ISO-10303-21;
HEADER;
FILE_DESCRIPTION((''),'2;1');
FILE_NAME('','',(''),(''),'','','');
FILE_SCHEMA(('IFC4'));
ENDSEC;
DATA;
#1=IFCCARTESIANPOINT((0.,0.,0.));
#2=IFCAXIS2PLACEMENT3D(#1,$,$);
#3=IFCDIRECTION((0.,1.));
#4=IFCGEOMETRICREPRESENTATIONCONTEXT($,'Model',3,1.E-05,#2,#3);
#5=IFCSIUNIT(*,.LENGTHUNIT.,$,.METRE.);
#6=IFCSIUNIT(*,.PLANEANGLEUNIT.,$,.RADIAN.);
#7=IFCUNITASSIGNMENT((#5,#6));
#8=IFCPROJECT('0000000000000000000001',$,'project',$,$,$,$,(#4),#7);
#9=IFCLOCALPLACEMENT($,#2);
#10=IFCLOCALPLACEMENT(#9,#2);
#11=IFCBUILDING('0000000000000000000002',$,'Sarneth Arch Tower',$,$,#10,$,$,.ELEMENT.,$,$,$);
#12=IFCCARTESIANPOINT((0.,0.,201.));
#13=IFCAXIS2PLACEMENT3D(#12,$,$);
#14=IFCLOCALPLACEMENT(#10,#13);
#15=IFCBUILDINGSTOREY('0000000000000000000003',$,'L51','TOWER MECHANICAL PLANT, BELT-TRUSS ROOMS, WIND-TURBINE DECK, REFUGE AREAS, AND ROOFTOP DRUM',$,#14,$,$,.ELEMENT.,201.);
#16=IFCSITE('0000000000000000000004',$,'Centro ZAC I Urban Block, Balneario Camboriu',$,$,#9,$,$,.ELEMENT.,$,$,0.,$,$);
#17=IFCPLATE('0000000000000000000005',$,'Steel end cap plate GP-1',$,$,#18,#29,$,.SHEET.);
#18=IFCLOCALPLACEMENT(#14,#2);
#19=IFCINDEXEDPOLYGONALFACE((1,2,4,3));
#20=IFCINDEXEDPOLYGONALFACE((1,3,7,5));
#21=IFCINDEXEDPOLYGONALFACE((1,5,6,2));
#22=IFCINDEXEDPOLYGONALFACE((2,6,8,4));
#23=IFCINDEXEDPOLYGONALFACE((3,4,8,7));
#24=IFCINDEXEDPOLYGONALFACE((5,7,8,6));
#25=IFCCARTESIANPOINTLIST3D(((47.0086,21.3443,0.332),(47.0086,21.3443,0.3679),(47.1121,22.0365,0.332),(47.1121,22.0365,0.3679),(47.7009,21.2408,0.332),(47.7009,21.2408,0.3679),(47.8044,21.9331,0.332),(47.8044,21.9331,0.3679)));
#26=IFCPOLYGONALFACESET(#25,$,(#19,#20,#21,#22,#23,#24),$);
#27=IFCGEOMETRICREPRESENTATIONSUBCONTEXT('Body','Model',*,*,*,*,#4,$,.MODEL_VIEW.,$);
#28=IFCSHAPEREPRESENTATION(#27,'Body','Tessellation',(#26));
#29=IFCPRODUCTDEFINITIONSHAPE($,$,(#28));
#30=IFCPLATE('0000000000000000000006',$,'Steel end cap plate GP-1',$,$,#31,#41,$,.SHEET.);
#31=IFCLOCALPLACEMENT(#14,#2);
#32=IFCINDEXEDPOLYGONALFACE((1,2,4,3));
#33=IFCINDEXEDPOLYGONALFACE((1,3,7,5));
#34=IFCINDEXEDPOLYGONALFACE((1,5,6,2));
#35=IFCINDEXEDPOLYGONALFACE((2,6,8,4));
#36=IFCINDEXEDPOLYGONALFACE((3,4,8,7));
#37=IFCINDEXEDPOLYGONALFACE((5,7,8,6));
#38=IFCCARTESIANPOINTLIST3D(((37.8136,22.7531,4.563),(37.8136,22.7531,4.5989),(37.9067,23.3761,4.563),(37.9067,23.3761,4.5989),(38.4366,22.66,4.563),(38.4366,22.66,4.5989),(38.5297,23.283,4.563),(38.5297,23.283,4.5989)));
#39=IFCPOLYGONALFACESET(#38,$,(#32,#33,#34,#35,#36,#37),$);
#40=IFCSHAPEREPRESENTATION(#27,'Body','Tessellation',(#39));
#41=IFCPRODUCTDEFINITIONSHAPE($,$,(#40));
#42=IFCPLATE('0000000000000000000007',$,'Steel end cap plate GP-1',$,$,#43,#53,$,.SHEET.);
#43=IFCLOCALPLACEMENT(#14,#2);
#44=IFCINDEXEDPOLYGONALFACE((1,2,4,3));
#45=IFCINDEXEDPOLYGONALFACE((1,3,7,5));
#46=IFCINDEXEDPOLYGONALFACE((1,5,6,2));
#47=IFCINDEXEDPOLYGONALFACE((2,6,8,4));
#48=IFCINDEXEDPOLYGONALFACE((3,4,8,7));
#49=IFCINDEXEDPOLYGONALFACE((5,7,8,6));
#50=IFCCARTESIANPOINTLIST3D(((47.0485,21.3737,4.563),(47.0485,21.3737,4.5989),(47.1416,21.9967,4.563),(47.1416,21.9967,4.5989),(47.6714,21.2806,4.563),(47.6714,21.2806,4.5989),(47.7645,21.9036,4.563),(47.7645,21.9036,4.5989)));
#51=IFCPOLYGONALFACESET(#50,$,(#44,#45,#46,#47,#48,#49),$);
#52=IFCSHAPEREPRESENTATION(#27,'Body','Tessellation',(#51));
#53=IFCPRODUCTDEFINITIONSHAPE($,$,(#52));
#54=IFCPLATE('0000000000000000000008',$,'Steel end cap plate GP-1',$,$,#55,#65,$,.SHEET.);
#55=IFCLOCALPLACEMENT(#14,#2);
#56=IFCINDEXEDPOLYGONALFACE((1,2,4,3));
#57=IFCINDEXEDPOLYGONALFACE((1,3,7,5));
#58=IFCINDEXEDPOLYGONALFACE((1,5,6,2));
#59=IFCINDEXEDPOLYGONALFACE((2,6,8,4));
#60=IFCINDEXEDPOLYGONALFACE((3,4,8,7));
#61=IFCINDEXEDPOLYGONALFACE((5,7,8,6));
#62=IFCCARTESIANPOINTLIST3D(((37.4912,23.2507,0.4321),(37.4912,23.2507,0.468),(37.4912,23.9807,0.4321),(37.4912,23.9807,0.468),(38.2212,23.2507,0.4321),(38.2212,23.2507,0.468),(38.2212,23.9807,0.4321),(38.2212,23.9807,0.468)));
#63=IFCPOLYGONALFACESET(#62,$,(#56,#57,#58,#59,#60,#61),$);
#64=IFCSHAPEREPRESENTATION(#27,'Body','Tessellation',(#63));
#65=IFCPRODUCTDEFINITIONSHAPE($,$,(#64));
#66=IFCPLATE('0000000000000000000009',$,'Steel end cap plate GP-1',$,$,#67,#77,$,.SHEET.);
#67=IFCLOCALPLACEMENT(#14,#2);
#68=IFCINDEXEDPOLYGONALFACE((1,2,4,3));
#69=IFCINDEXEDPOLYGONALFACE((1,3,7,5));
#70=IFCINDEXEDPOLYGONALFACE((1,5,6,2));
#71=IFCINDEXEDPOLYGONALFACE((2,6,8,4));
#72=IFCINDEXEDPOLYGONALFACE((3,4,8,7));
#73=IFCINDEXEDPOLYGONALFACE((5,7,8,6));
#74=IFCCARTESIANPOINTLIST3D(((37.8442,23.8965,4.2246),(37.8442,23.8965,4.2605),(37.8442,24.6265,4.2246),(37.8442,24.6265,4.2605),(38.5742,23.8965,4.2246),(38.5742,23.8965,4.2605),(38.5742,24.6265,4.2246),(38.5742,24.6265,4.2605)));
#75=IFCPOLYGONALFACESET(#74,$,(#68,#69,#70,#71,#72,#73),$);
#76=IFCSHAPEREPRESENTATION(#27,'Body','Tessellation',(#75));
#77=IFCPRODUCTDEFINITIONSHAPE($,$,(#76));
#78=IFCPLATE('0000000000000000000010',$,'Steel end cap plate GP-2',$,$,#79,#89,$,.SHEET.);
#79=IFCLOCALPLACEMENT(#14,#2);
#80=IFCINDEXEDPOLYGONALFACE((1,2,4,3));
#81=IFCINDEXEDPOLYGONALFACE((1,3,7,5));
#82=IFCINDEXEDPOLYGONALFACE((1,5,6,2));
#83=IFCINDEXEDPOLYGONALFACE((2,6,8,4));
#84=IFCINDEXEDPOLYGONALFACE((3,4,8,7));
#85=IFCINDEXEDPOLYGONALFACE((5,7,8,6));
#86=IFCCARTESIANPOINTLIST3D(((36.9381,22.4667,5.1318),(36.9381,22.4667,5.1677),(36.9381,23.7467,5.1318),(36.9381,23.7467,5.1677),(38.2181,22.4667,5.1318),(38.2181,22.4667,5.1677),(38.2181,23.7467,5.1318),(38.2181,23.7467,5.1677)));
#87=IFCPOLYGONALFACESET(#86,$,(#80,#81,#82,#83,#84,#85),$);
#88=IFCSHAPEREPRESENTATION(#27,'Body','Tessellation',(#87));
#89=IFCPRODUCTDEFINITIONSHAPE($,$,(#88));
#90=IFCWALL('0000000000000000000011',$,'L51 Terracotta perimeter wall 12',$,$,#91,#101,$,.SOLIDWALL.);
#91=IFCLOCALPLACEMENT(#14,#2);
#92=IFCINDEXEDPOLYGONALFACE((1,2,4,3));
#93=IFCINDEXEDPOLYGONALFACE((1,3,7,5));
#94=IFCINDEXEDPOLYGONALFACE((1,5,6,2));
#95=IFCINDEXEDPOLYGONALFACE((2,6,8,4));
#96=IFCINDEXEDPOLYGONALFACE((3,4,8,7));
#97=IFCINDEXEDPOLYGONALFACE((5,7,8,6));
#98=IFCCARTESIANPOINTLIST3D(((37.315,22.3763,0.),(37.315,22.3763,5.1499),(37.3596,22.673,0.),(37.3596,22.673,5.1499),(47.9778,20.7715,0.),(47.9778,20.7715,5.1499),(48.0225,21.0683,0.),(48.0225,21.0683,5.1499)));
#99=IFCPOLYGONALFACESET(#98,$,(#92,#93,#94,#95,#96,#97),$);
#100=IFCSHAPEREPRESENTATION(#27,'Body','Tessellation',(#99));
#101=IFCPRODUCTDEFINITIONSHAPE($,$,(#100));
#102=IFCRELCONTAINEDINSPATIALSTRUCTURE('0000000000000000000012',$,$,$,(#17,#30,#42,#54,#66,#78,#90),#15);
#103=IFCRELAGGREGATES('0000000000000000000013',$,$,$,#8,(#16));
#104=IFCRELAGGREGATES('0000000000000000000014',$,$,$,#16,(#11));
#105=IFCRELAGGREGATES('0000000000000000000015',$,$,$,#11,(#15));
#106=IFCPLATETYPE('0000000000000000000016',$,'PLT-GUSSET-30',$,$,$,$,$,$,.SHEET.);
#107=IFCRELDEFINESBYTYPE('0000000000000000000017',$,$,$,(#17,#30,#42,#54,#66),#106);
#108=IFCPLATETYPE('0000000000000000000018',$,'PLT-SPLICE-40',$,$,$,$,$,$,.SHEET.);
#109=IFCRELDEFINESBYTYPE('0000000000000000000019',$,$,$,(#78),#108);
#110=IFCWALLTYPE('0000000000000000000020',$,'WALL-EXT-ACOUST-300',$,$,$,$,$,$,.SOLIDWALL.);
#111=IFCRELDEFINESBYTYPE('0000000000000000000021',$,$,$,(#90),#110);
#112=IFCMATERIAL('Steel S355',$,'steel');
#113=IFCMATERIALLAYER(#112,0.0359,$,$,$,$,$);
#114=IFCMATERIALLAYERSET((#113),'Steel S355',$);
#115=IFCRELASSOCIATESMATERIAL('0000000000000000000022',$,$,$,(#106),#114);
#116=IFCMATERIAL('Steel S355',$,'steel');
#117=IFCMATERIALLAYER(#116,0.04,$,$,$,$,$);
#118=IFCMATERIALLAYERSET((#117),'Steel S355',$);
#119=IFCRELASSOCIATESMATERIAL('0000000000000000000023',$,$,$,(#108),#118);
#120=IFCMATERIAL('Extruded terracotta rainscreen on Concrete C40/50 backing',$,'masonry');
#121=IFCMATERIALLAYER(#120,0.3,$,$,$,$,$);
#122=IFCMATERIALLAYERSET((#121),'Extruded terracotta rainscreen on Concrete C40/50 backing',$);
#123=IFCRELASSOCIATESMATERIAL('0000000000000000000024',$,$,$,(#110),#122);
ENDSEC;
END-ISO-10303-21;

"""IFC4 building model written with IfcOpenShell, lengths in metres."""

from ifc_helpers import new_model, si_unit, direction, frame, frame_2d, origin, origin_2d, place, context, subcontext, project, spatial, rectangle, extrude, material, layer, layer_set, type_object, element, save


model = new_model("IFC4")

# Units and contexts
model_context = context("Model", 3, precision=1e-05, world=origin(), true_north=direction((0.0, 1.0)))
body_context = subcontext(model_context, "Body", "Model", "MODEL_VIEW")
ifc_project = project(units=[si_unit("LENGTHUNIT", "METRE"), si_unit("PLANEANGLEUNIT", "RADIAN")], contexts=[model_context])

# Site, building, storey
site_placement = place(None, origin())
site = spatial("IfcSite", under=ifc_project, at=site_placement, Name="Centro ZAC I Urban Block, Balneario Camboriu", CompositionType="ELEMENT", RefElevation=0.0)
building_placement = place(site_placement, origin())
building = spatial("IfcBuilding", under=site, at=building_placement, Name="Sarneth Arch Tower", CompositionType="ELEMENT")
storey_placement = place(building_placement, frame((0.0, 0.0, 201.0)))
storey = spatial("IfcBuildingStorey", under=building, at=storey_placement, Name="L51", Description="TOWER MECHANICAL PLANT, BELT-TRUSS ROOMS, WIND-TURBINE DECK, REFUGE AREAS, AND ROOFTOP DRUM", CompositionType="ELEMENT", Elevation=201.0)

# Plates
ifc_material_1 = material(Name="Steel S355", Category="steel")
ifc_layer_1 = layer(ifc_material_1, 0.0359)
ifc_layer_set_1 = layer_set([ifc_layer_1], Name="Steel S355")
plate_type_1 = type_object("IfcPlateType", Name="PLT-GUSSET-30", PredefinedType="SHEET", material=ifc_layer_set_1)
for number, where, z_axis, x_axis, name in (
    (1, (47.4065, 21.6387, 0.332), (0.0, 0.0, 1.0), (0.989016, -0.147809, 0.0), "Steel end cap plate GP-1"),
):
    element("IfcPlate", number, at=place(storey_placement, frame(where, z_axis=z_axis, x_axis=x_axis)), inside=storey, type_object=plate_type_1, Name=name, PredefinedType="SHEET", context=body_context, shape_type="SweptSolid", body=[
        extrude(rectangle(XDim=0.7, YDim=0.7, at=origin_2d()), origin(), (0.0, 0.0, 1.0), 0.0359),
    ])
for number, where, z_axis, x_axis, name in (
    (2, (38.1716, 23.0181, 4.563), (0.0, 0.0, 1.0), (-0.989016, 0.147809, 0.0), "Steel end cap plate GP-1"),
    (3, (47.4065, 21.6387, 4.563), (0.0, 0.0, 1.0), (0.989016, -0.147809, 0.0), "Steel end cap plate GP-1"),
):
    element("IfcPlate", number, at=place(storey_placement, frame(where, z_axis=z_axis, x_axis=x_axis)), inside=storey, type_object=plate_type_1, Name=name, PredefinedType="SHEET", context=body_context, shape_type="SweptSolid", body=[
        extrude(rectangle(XDim=0.6299, YDim=0.6299, at=origin_2d()), origin(), (0.0, 0.0, 1.0), 0.0359),
    ])
for number, where, z_axis, x_axis, name in (
    (4, (37.8562, 23.6157, 0.4321), (0.0, 0.0, 1.0), (1.0, 0.0, 0.0), "Steel end cap plate GP-1"),
    (5, (38.2092, 24.2615, 4.2246), (0.0, 0.0, 1.0), (1.0, 0.0, 0.0), "Steel end cap plate GP-1"),
):
    element("IfcPlate", number, at=place(storey_placement, frame(where, z_axis=z_axis, x_axis=x_axis)), inside=storey, type_object=plate_type_1, Name=name, PredefinedType="SHEET", context=body_context, shape_type="SweptSolid", body=[
        extrude(rectangle(XDim=0.73, YDim=0.73, at=origin_2d()), origin(), (0.0, 0.0, 1.0), 0.0359),
    ])
ifc_material_2 = material(Name="Steel S355", Category="steel")
ifc_layer_2 = layer(ifc_material_2, 0.04)
ifc_layer_set_2 = layer_set([ifc_layer_2], Name="Steel S355")
plate_type_2 = type_object("IfcPlateType", Name="PLT-SPLICE-40", PredefinedType="SHEET", material=ifc_layer_set_2)
plate_1_placement = place(storey_placement, frame((37.5781, 23.1067, 5.1318), z_axis=(0.0, 0.0, 1.0), x_axis=(1.0, 0.0, 0.0)))
element("IfcPlate", 6, at=plate_1_placement, inside=storey, type_object=plate_type_2, Name="Steel end cap plate GP-2", PredefinedType="SHEET", context=body_context, shape_type="SweptSolid", body=[
    extrude(rectangle(XDim=1.28, YDim=1.28, at=origin_2d()), origin(), (0.0, 0.0, 1.0), 0.0359),
])

# Wall
ifc_material_3 = material(Name="Extruded terracotta rainscreen on Concrete C40/50 backing", Category="masonry")
ifc_layer_3 = layer(ifc_material_3, 0.3)
ifc_layer_set_3 = layer_set([ifc_layer_3], Name="Extruded terracotta rainscreen on Concrete C40/50 backing")
wall_type = type_object("IfcWallType", Name="WALL-EXT-ACOUST-300", PredefinedType="SOLIDWALL", material=ifc_layer_set_3)
wall_placement = place(storey_placement, frame((37.3372, 22.5247, 0.0), z_axis=(0.0, 0.0, 1.0), x_axis=(0.988864, -0.148822, 0.0)))
element("IfcWall", 7, at=wall_placement, inside=storey, type_object=wall_type, Name="L51 Terracotta perimeter wall 12", PredefinedType="SOLIDWALL", context=body_context, shape_type="SweptSolid", body=[
    extrude(rectangle(XDim=10.783, YDim=0.3, at=frame_2d((5.3916, 0.0))), origin(), (0.0, 0.0, 1.0), 5.1499),
])

save(model, "model.ifc")
